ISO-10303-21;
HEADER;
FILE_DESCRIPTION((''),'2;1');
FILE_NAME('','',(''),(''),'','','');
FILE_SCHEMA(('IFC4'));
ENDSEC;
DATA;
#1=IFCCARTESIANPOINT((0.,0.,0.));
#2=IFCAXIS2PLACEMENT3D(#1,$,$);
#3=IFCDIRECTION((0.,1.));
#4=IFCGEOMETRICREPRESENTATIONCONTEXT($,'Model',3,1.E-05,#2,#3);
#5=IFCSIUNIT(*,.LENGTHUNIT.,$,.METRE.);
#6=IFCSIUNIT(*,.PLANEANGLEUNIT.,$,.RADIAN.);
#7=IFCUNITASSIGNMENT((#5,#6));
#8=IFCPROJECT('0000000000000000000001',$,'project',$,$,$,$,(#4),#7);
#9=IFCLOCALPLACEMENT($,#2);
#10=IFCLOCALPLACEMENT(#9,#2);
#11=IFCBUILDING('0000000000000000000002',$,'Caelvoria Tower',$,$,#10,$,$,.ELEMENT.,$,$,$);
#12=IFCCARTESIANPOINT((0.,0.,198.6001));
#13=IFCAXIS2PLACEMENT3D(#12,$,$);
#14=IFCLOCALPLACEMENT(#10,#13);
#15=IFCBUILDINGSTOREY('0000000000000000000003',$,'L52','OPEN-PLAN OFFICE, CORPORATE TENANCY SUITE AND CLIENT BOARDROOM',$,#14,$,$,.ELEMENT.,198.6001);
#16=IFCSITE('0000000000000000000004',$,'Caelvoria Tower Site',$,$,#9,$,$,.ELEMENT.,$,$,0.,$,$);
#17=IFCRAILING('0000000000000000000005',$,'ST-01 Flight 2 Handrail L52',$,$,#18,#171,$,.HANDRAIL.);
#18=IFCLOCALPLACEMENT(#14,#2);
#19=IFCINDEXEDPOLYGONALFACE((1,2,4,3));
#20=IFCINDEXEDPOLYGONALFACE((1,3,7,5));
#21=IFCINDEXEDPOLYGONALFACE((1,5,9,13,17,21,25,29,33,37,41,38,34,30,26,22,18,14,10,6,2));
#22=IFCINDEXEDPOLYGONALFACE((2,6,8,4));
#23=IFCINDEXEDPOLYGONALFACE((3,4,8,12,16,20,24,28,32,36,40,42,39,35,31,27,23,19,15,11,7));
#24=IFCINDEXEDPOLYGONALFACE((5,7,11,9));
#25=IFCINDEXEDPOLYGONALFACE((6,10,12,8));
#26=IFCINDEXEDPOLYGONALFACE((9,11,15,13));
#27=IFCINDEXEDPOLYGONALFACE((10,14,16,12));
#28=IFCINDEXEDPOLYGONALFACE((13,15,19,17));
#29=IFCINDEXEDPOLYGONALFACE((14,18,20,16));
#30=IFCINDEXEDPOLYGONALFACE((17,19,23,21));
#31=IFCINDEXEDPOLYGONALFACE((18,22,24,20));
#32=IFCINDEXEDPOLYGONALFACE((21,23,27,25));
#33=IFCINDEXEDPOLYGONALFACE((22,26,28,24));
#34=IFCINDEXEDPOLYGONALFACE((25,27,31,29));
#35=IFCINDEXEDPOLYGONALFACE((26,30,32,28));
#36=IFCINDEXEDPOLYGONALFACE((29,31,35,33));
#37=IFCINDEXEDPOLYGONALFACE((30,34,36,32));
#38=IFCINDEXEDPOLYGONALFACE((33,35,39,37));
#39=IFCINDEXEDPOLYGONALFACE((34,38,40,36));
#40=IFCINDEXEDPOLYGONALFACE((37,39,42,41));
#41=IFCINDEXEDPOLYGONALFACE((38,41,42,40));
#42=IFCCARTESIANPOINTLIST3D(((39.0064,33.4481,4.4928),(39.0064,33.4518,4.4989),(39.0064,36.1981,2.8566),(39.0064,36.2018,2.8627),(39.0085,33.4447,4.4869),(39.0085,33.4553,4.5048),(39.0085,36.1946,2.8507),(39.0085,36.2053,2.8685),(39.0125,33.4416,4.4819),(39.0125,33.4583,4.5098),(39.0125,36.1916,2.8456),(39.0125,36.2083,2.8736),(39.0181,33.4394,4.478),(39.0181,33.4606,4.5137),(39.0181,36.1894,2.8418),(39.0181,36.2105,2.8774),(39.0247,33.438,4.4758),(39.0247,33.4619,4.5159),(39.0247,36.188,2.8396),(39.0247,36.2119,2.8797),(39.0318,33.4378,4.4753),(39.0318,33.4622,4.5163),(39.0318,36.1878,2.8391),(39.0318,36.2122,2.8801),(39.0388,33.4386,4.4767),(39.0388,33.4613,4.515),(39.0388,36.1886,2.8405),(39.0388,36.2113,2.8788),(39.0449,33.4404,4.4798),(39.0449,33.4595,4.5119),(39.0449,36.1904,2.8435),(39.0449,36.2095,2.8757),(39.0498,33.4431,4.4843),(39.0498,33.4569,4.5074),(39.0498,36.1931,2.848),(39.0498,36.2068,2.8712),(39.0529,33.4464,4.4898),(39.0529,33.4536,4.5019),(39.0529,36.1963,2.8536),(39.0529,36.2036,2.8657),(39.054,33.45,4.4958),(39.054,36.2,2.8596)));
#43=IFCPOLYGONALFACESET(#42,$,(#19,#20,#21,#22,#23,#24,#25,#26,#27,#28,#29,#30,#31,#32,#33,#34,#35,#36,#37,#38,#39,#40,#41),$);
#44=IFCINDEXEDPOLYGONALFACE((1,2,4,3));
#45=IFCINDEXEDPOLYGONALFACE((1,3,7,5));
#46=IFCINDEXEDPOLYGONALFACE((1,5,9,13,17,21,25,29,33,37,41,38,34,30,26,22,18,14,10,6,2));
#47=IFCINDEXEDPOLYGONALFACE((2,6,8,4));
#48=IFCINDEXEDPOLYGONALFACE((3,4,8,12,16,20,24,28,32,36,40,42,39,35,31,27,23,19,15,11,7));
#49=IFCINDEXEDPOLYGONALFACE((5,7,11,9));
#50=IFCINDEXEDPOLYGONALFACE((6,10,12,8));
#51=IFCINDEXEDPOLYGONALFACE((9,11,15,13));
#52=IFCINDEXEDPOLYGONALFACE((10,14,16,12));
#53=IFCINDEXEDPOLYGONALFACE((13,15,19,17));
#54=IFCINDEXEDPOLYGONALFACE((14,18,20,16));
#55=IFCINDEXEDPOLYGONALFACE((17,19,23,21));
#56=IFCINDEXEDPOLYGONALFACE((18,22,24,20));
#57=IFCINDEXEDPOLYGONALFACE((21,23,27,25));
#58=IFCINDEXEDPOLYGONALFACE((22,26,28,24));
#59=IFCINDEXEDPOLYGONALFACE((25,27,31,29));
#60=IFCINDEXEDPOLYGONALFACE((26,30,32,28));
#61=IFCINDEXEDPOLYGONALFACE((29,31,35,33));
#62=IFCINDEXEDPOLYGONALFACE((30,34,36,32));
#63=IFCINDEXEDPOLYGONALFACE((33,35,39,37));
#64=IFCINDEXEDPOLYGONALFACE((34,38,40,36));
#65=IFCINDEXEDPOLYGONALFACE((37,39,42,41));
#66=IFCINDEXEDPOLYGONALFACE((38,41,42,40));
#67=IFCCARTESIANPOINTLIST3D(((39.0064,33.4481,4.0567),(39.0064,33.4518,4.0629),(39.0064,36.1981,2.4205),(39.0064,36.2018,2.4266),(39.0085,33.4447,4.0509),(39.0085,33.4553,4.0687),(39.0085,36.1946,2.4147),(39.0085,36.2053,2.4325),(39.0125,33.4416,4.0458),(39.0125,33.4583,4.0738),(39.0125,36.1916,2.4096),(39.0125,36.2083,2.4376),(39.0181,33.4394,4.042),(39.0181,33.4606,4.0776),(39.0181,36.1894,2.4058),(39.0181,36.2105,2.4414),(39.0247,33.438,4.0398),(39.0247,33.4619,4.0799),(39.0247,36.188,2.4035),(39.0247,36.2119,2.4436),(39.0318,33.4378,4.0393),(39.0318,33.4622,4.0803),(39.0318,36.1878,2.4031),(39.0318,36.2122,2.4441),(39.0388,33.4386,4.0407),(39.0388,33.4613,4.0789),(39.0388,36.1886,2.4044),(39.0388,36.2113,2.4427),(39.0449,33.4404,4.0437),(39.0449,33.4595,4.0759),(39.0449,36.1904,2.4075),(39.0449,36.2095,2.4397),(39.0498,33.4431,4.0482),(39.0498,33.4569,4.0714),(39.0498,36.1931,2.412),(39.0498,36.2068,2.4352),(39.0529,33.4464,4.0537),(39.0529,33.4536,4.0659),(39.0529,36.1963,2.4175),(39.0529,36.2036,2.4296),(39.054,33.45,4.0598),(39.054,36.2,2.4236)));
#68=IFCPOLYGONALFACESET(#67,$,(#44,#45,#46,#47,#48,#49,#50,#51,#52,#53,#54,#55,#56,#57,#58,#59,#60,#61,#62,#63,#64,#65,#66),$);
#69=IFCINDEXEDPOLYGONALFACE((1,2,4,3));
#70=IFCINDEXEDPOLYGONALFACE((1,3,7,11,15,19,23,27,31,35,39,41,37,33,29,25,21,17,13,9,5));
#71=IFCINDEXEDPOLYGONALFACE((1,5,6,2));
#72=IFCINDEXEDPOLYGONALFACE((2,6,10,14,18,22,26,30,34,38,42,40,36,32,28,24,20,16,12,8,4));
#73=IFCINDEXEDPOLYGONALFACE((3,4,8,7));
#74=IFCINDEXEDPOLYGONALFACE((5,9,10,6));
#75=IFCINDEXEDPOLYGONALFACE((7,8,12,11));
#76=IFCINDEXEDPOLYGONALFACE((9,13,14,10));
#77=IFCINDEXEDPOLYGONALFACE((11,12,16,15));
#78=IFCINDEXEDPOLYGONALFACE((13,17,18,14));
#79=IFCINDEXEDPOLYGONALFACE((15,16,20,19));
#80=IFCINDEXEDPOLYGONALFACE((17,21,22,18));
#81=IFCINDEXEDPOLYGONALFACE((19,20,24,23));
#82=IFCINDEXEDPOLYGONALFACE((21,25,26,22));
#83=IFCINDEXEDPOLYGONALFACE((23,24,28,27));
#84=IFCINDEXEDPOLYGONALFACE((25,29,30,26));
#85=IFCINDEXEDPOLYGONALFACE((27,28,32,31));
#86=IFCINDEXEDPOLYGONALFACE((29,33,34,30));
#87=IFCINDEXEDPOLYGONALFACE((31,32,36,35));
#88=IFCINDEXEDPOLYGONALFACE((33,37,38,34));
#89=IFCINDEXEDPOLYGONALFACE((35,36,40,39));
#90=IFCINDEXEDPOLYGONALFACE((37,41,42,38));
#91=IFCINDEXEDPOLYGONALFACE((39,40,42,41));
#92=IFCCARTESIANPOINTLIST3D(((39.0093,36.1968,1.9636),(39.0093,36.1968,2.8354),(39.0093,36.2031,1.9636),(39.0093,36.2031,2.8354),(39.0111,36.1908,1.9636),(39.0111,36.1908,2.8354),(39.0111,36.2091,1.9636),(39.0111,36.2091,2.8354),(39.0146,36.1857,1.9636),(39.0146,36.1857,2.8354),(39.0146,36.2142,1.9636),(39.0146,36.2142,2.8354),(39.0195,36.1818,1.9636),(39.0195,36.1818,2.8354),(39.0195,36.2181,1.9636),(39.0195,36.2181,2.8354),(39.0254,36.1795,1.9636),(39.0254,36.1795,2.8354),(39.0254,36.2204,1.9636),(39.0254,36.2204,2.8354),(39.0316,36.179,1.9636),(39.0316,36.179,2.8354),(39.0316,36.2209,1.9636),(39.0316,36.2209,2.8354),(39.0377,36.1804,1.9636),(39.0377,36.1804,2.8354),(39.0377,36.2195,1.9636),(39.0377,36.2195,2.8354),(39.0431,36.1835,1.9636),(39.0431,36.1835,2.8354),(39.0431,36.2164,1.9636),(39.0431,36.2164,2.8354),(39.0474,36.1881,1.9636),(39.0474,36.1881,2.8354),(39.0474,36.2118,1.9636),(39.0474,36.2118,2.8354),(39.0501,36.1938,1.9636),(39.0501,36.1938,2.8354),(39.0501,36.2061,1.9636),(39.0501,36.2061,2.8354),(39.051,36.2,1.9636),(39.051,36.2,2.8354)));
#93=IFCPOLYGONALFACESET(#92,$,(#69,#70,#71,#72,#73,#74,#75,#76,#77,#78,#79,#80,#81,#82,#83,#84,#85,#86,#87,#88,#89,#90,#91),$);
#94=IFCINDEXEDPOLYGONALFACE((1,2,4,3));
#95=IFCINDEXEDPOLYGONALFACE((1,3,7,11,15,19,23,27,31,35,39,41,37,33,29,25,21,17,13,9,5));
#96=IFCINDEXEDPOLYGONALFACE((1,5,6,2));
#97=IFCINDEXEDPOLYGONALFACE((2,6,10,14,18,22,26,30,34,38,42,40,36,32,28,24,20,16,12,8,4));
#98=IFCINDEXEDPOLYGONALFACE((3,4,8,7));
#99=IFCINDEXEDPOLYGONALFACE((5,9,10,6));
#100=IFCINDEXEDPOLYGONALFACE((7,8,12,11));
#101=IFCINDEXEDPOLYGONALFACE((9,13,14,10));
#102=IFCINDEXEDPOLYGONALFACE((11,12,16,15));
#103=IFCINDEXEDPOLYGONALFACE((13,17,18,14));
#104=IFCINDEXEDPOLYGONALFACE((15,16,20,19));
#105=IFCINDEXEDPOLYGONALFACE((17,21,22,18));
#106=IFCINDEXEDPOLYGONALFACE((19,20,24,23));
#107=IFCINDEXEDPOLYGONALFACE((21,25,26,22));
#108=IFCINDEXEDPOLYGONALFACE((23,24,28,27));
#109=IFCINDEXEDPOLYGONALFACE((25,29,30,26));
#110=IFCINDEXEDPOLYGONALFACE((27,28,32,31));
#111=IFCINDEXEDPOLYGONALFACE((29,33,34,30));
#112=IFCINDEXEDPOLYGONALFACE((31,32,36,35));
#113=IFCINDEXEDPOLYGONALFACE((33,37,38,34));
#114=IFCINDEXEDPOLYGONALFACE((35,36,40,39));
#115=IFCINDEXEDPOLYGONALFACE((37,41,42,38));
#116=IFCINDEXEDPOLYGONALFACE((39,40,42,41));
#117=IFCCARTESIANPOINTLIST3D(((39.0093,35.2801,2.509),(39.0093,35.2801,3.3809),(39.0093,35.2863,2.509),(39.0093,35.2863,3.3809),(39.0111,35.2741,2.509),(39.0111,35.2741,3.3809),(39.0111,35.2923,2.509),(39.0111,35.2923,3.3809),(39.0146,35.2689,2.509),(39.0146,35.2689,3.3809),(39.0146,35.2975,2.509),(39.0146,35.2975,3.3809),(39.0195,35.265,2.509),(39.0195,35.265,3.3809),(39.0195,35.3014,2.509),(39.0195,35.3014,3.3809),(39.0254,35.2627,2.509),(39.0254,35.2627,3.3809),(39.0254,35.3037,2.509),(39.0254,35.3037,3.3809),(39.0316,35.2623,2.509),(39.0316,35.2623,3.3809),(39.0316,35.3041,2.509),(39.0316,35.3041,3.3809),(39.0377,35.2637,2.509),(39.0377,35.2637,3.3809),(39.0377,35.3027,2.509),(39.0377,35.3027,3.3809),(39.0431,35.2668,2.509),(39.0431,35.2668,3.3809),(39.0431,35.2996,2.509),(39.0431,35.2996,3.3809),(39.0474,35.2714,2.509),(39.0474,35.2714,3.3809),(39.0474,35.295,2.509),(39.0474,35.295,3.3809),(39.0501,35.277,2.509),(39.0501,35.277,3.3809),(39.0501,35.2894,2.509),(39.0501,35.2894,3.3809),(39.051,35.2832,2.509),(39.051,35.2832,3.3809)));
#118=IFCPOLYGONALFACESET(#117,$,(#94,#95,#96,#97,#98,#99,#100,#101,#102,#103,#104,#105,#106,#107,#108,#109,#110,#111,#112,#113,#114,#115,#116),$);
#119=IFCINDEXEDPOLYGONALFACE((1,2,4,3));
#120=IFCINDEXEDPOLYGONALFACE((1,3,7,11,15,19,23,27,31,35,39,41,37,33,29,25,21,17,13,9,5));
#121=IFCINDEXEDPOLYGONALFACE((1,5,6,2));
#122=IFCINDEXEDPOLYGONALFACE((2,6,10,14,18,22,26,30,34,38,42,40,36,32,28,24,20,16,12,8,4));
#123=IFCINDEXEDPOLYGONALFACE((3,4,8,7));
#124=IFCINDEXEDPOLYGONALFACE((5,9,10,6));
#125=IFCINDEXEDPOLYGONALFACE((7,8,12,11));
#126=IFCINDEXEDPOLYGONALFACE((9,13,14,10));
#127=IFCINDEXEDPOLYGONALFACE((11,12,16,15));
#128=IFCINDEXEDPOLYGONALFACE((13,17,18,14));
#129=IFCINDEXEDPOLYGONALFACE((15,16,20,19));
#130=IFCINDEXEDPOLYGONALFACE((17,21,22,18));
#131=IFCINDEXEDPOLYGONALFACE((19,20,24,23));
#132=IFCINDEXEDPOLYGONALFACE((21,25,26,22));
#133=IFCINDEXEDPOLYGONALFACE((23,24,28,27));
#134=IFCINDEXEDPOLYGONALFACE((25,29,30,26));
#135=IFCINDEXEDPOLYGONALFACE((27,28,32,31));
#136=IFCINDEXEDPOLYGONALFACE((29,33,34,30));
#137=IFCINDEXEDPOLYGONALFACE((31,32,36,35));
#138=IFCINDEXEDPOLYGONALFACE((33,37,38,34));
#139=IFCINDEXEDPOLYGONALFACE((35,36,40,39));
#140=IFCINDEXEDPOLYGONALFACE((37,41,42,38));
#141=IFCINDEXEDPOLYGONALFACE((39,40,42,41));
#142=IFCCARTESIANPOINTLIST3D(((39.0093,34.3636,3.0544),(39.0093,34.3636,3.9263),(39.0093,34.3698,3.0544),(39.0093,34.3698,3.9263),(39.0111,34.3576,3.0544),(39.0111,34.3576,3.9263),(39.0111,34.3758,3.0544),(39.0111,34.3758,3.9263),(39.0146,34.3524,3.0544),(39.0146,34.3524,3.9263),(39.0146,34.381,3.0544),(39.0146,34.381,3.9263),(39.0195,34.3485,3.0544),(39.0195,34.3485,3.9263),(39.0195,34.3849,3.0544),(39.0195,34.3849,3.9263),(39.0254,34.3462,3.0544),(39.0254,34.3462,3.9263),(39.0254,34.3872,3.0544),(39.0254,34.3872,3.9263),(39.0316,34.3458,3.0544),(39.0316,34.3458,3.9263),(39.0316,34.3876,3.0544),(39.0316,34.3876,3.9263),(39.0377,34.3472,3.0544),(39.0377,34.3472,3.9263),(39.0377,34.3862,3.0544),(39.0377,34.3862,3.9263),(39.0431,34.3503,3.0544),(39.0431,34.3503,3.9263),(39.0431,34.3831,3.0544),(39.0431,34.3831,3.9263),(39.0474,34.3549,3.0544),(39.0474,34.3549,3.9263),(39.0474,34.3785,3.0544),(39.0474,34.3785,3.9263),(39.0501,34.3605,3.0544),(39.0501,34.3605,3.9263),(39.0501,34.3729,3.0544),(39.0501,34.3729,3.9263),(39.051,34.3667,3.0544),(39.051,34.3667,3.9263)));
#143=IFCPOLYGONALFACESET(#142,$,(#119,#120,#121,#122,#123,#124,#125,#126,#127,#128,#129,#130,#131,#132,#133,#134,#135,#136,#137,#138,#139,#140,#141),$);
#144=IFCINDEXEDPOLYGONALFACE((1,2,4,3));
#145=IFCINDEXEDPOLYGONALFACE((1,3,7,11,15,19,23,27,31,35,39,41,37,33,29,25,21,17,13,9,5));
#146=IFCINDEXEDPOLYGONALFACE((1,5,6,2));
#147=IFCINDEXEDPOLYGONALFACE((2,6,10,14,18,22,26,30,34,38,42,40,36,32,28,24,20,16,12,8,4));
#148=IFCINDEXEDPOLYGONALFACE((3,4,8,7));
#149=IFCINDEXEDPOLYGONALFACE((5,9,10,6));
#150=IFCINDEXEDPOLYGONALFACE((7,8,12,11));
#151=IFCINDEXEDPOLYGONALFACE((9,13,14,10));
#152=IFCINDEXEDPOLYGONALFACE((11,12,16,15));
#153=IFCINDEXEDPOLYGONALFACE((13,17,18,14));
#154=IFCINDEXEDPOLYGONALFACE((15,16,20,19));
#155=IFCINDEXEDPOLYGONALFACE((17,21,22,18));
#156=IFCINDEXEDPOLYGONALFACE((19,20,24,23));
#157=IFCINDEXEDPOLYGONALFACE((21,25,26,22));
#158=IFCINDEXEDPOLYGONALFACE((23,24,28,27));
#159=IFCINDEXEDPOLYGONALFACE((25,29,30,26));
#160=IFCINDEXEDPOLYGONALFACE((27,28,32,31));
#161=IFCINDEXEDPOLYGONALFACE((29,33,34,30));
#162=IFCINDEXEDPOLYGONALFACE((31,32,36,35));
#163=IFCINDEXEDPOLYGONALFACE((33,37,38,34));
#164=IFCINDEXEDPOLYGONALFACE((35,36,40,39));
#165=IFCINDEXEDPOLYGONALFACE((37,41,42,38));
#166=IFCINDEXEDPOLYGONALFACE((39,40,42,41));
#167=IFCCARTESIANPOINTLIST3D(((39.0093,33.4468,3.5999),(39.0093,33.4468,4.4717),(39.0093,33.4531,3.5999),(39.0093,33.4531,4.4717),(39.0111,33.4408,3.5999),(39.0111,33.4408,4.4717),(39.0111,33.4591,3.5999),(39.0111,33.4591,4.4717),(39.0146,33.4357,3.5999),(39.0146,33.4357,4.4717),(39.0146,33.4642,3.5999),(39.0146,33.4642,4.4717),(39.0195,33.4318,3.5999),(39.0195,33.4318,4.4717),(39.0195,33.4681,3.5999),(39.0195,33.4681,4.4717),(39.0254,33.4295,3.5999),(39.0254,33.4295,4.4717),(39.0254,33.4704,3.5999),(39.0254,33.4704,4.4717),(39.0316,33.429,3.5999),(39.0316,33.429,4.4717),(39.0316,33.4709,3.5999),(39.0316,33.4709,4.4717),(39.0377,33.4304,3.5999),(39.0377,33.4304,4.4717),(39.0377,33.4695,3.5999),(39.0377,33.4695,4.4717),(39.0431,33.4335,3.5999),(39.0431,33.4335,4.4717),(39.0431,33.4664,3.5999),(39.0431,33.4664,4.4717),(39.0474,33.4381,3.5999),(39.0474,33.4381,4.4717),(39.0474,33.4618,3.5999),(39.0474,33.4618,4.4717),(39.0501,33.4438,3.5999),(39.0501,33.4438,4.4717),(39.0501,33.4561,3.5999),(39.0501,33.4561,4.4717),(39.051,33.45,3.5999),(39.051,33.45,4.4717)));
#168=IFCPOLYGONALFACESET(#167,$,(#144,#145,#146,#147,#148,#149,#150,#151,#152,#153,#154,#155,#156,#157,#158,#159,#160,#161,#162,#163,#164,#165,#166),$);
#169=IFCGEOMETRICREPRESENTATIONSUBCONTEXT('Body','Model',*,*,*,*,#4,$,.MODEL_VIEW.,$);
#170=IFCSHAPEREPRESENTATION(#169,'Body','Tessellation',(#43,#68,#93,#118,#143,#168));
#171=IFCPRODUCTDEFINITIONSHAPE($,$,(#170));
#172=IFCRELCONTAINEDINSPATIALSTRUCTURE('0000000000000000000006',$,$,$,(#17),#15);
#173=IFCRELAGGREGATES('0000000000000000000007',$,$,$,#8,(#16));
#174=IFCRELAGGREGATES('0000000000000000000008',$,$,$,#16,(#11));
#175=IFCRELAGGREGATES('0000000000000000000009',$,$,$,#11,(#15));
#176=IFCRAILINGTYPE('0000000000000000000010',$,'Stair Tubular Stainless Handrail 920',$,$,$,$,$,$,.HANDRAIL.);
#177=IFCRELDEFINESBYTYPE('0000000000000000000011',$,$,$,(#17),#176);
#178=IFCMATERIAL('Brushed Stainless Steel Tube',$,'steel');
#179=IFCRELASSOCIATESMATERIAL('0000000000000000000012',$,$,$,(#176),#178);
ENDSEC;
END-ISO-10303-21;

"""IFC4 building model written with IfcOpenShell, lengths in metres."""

from ifc_helpers import new_model, si_unit, direction, frame, origin, origin_2d, place, context, subcontext, project, spatial, circle, extrude, material, type_object, element, save


model = new_model("IFC4")

# Units and contexts
model_context = context("Model", 3, precision=1e-05, world=origin(), true_north=direction((0.0, 1.0)))
body_context = subcontext(model_context, "Body", "Model", "MODEL_VIEW")
ifc_project = project(units=[si_unit("LENGTHUNIT", "METRE"), si_unit("PLANEANGLEUNIT", "RADIAN")], contexts=[model_context])

# Site, building, storey
site_placement = place(None, origin())
site = spatial("IfcSite", under=ifc_project, at=site_placement, Name="Caelvoria Tower Site", CompositionType="ELEMENT", RefElevation=0.0)
building_placement = place(site_placement, origin())
building = spatial("IfcBuilding", under=site, at=building_placement, Name="Caelvoria Tower", CompositionType="ELEMENT")
storey_placement = place(building_placement, frame((0.0, 0.0, 198.6001)))
storey = spatial("IfcBuildingStorey", under=building, at=storey_placement, Name="L52", Description="OPEN-PLAN OFFICE, CORPORATE TENANCY SUITE AND CLIENT BOARDROOM", CompositionType="ELEMENT", Elevation=198.6001)

# Railing
ifc_material_1 = material(Name="Brushed Stainless Steel Tube", Category="steel")
railing_type_1 = type_object("IfcRailingType", Name="Stair Tubular Stainless Handrail 920", PredefinedType="HANDRAIL", material=ifc_material_1)
railing_1_placement = place(storey_placement, frame((39.03, 36.2, 1.9636)))
element("IfcRailing", 1, at=railing_1_placement, inside=storey, type_object=railing_type_1, Name="ST-01 Flight 2 Handrail L52", PredefinedType="HANDRAIL", context=body_context, shape_type="SweptSolid", body=[
    extrude(circle(Radius=0.0239, at=origin_2d()), frame((0.0, 0.0, 0.896), z_axis=(0.0, -0.859385, 0.511328), x_axis=(1.0, 0.0, 0.0)), (0.0, 0.0, 1.0), 3.2),
    extrude(circle(Radius=0.0239, at=origin_2d()), frame((0.0, 0.0, 0.46), z_axis=(0.0, -0.859385, 0.511328), x_axis=(1.0, 0.0, 0.0)), (0.0, 0.0, 1.0), 3.2),
    extrude(circle(Radius=0.021, at=origin_2d()), origin(), (0.0, 0.0, 1.0), 0.8718),
    extrude(circle(Radius=0.021, at=origin_2d()), frame((0.0, -0.9167, 0.5454)), (0.0, 0.0, 1.0), 0.8718),
    extrude(circle(Radius=0.021, at=origin_2d()), frame((0.0, -1.8333, 1.0908)), (0.0, 0.0, 1.0), 0.8718),
    extrude(circle(Radius=0.021, at=origin_2d()), frame((0.0, -2.75, 1.6362)), (0.0, 0.0, 1.0), 0.8718),
])

save(model, "model.ifc")
